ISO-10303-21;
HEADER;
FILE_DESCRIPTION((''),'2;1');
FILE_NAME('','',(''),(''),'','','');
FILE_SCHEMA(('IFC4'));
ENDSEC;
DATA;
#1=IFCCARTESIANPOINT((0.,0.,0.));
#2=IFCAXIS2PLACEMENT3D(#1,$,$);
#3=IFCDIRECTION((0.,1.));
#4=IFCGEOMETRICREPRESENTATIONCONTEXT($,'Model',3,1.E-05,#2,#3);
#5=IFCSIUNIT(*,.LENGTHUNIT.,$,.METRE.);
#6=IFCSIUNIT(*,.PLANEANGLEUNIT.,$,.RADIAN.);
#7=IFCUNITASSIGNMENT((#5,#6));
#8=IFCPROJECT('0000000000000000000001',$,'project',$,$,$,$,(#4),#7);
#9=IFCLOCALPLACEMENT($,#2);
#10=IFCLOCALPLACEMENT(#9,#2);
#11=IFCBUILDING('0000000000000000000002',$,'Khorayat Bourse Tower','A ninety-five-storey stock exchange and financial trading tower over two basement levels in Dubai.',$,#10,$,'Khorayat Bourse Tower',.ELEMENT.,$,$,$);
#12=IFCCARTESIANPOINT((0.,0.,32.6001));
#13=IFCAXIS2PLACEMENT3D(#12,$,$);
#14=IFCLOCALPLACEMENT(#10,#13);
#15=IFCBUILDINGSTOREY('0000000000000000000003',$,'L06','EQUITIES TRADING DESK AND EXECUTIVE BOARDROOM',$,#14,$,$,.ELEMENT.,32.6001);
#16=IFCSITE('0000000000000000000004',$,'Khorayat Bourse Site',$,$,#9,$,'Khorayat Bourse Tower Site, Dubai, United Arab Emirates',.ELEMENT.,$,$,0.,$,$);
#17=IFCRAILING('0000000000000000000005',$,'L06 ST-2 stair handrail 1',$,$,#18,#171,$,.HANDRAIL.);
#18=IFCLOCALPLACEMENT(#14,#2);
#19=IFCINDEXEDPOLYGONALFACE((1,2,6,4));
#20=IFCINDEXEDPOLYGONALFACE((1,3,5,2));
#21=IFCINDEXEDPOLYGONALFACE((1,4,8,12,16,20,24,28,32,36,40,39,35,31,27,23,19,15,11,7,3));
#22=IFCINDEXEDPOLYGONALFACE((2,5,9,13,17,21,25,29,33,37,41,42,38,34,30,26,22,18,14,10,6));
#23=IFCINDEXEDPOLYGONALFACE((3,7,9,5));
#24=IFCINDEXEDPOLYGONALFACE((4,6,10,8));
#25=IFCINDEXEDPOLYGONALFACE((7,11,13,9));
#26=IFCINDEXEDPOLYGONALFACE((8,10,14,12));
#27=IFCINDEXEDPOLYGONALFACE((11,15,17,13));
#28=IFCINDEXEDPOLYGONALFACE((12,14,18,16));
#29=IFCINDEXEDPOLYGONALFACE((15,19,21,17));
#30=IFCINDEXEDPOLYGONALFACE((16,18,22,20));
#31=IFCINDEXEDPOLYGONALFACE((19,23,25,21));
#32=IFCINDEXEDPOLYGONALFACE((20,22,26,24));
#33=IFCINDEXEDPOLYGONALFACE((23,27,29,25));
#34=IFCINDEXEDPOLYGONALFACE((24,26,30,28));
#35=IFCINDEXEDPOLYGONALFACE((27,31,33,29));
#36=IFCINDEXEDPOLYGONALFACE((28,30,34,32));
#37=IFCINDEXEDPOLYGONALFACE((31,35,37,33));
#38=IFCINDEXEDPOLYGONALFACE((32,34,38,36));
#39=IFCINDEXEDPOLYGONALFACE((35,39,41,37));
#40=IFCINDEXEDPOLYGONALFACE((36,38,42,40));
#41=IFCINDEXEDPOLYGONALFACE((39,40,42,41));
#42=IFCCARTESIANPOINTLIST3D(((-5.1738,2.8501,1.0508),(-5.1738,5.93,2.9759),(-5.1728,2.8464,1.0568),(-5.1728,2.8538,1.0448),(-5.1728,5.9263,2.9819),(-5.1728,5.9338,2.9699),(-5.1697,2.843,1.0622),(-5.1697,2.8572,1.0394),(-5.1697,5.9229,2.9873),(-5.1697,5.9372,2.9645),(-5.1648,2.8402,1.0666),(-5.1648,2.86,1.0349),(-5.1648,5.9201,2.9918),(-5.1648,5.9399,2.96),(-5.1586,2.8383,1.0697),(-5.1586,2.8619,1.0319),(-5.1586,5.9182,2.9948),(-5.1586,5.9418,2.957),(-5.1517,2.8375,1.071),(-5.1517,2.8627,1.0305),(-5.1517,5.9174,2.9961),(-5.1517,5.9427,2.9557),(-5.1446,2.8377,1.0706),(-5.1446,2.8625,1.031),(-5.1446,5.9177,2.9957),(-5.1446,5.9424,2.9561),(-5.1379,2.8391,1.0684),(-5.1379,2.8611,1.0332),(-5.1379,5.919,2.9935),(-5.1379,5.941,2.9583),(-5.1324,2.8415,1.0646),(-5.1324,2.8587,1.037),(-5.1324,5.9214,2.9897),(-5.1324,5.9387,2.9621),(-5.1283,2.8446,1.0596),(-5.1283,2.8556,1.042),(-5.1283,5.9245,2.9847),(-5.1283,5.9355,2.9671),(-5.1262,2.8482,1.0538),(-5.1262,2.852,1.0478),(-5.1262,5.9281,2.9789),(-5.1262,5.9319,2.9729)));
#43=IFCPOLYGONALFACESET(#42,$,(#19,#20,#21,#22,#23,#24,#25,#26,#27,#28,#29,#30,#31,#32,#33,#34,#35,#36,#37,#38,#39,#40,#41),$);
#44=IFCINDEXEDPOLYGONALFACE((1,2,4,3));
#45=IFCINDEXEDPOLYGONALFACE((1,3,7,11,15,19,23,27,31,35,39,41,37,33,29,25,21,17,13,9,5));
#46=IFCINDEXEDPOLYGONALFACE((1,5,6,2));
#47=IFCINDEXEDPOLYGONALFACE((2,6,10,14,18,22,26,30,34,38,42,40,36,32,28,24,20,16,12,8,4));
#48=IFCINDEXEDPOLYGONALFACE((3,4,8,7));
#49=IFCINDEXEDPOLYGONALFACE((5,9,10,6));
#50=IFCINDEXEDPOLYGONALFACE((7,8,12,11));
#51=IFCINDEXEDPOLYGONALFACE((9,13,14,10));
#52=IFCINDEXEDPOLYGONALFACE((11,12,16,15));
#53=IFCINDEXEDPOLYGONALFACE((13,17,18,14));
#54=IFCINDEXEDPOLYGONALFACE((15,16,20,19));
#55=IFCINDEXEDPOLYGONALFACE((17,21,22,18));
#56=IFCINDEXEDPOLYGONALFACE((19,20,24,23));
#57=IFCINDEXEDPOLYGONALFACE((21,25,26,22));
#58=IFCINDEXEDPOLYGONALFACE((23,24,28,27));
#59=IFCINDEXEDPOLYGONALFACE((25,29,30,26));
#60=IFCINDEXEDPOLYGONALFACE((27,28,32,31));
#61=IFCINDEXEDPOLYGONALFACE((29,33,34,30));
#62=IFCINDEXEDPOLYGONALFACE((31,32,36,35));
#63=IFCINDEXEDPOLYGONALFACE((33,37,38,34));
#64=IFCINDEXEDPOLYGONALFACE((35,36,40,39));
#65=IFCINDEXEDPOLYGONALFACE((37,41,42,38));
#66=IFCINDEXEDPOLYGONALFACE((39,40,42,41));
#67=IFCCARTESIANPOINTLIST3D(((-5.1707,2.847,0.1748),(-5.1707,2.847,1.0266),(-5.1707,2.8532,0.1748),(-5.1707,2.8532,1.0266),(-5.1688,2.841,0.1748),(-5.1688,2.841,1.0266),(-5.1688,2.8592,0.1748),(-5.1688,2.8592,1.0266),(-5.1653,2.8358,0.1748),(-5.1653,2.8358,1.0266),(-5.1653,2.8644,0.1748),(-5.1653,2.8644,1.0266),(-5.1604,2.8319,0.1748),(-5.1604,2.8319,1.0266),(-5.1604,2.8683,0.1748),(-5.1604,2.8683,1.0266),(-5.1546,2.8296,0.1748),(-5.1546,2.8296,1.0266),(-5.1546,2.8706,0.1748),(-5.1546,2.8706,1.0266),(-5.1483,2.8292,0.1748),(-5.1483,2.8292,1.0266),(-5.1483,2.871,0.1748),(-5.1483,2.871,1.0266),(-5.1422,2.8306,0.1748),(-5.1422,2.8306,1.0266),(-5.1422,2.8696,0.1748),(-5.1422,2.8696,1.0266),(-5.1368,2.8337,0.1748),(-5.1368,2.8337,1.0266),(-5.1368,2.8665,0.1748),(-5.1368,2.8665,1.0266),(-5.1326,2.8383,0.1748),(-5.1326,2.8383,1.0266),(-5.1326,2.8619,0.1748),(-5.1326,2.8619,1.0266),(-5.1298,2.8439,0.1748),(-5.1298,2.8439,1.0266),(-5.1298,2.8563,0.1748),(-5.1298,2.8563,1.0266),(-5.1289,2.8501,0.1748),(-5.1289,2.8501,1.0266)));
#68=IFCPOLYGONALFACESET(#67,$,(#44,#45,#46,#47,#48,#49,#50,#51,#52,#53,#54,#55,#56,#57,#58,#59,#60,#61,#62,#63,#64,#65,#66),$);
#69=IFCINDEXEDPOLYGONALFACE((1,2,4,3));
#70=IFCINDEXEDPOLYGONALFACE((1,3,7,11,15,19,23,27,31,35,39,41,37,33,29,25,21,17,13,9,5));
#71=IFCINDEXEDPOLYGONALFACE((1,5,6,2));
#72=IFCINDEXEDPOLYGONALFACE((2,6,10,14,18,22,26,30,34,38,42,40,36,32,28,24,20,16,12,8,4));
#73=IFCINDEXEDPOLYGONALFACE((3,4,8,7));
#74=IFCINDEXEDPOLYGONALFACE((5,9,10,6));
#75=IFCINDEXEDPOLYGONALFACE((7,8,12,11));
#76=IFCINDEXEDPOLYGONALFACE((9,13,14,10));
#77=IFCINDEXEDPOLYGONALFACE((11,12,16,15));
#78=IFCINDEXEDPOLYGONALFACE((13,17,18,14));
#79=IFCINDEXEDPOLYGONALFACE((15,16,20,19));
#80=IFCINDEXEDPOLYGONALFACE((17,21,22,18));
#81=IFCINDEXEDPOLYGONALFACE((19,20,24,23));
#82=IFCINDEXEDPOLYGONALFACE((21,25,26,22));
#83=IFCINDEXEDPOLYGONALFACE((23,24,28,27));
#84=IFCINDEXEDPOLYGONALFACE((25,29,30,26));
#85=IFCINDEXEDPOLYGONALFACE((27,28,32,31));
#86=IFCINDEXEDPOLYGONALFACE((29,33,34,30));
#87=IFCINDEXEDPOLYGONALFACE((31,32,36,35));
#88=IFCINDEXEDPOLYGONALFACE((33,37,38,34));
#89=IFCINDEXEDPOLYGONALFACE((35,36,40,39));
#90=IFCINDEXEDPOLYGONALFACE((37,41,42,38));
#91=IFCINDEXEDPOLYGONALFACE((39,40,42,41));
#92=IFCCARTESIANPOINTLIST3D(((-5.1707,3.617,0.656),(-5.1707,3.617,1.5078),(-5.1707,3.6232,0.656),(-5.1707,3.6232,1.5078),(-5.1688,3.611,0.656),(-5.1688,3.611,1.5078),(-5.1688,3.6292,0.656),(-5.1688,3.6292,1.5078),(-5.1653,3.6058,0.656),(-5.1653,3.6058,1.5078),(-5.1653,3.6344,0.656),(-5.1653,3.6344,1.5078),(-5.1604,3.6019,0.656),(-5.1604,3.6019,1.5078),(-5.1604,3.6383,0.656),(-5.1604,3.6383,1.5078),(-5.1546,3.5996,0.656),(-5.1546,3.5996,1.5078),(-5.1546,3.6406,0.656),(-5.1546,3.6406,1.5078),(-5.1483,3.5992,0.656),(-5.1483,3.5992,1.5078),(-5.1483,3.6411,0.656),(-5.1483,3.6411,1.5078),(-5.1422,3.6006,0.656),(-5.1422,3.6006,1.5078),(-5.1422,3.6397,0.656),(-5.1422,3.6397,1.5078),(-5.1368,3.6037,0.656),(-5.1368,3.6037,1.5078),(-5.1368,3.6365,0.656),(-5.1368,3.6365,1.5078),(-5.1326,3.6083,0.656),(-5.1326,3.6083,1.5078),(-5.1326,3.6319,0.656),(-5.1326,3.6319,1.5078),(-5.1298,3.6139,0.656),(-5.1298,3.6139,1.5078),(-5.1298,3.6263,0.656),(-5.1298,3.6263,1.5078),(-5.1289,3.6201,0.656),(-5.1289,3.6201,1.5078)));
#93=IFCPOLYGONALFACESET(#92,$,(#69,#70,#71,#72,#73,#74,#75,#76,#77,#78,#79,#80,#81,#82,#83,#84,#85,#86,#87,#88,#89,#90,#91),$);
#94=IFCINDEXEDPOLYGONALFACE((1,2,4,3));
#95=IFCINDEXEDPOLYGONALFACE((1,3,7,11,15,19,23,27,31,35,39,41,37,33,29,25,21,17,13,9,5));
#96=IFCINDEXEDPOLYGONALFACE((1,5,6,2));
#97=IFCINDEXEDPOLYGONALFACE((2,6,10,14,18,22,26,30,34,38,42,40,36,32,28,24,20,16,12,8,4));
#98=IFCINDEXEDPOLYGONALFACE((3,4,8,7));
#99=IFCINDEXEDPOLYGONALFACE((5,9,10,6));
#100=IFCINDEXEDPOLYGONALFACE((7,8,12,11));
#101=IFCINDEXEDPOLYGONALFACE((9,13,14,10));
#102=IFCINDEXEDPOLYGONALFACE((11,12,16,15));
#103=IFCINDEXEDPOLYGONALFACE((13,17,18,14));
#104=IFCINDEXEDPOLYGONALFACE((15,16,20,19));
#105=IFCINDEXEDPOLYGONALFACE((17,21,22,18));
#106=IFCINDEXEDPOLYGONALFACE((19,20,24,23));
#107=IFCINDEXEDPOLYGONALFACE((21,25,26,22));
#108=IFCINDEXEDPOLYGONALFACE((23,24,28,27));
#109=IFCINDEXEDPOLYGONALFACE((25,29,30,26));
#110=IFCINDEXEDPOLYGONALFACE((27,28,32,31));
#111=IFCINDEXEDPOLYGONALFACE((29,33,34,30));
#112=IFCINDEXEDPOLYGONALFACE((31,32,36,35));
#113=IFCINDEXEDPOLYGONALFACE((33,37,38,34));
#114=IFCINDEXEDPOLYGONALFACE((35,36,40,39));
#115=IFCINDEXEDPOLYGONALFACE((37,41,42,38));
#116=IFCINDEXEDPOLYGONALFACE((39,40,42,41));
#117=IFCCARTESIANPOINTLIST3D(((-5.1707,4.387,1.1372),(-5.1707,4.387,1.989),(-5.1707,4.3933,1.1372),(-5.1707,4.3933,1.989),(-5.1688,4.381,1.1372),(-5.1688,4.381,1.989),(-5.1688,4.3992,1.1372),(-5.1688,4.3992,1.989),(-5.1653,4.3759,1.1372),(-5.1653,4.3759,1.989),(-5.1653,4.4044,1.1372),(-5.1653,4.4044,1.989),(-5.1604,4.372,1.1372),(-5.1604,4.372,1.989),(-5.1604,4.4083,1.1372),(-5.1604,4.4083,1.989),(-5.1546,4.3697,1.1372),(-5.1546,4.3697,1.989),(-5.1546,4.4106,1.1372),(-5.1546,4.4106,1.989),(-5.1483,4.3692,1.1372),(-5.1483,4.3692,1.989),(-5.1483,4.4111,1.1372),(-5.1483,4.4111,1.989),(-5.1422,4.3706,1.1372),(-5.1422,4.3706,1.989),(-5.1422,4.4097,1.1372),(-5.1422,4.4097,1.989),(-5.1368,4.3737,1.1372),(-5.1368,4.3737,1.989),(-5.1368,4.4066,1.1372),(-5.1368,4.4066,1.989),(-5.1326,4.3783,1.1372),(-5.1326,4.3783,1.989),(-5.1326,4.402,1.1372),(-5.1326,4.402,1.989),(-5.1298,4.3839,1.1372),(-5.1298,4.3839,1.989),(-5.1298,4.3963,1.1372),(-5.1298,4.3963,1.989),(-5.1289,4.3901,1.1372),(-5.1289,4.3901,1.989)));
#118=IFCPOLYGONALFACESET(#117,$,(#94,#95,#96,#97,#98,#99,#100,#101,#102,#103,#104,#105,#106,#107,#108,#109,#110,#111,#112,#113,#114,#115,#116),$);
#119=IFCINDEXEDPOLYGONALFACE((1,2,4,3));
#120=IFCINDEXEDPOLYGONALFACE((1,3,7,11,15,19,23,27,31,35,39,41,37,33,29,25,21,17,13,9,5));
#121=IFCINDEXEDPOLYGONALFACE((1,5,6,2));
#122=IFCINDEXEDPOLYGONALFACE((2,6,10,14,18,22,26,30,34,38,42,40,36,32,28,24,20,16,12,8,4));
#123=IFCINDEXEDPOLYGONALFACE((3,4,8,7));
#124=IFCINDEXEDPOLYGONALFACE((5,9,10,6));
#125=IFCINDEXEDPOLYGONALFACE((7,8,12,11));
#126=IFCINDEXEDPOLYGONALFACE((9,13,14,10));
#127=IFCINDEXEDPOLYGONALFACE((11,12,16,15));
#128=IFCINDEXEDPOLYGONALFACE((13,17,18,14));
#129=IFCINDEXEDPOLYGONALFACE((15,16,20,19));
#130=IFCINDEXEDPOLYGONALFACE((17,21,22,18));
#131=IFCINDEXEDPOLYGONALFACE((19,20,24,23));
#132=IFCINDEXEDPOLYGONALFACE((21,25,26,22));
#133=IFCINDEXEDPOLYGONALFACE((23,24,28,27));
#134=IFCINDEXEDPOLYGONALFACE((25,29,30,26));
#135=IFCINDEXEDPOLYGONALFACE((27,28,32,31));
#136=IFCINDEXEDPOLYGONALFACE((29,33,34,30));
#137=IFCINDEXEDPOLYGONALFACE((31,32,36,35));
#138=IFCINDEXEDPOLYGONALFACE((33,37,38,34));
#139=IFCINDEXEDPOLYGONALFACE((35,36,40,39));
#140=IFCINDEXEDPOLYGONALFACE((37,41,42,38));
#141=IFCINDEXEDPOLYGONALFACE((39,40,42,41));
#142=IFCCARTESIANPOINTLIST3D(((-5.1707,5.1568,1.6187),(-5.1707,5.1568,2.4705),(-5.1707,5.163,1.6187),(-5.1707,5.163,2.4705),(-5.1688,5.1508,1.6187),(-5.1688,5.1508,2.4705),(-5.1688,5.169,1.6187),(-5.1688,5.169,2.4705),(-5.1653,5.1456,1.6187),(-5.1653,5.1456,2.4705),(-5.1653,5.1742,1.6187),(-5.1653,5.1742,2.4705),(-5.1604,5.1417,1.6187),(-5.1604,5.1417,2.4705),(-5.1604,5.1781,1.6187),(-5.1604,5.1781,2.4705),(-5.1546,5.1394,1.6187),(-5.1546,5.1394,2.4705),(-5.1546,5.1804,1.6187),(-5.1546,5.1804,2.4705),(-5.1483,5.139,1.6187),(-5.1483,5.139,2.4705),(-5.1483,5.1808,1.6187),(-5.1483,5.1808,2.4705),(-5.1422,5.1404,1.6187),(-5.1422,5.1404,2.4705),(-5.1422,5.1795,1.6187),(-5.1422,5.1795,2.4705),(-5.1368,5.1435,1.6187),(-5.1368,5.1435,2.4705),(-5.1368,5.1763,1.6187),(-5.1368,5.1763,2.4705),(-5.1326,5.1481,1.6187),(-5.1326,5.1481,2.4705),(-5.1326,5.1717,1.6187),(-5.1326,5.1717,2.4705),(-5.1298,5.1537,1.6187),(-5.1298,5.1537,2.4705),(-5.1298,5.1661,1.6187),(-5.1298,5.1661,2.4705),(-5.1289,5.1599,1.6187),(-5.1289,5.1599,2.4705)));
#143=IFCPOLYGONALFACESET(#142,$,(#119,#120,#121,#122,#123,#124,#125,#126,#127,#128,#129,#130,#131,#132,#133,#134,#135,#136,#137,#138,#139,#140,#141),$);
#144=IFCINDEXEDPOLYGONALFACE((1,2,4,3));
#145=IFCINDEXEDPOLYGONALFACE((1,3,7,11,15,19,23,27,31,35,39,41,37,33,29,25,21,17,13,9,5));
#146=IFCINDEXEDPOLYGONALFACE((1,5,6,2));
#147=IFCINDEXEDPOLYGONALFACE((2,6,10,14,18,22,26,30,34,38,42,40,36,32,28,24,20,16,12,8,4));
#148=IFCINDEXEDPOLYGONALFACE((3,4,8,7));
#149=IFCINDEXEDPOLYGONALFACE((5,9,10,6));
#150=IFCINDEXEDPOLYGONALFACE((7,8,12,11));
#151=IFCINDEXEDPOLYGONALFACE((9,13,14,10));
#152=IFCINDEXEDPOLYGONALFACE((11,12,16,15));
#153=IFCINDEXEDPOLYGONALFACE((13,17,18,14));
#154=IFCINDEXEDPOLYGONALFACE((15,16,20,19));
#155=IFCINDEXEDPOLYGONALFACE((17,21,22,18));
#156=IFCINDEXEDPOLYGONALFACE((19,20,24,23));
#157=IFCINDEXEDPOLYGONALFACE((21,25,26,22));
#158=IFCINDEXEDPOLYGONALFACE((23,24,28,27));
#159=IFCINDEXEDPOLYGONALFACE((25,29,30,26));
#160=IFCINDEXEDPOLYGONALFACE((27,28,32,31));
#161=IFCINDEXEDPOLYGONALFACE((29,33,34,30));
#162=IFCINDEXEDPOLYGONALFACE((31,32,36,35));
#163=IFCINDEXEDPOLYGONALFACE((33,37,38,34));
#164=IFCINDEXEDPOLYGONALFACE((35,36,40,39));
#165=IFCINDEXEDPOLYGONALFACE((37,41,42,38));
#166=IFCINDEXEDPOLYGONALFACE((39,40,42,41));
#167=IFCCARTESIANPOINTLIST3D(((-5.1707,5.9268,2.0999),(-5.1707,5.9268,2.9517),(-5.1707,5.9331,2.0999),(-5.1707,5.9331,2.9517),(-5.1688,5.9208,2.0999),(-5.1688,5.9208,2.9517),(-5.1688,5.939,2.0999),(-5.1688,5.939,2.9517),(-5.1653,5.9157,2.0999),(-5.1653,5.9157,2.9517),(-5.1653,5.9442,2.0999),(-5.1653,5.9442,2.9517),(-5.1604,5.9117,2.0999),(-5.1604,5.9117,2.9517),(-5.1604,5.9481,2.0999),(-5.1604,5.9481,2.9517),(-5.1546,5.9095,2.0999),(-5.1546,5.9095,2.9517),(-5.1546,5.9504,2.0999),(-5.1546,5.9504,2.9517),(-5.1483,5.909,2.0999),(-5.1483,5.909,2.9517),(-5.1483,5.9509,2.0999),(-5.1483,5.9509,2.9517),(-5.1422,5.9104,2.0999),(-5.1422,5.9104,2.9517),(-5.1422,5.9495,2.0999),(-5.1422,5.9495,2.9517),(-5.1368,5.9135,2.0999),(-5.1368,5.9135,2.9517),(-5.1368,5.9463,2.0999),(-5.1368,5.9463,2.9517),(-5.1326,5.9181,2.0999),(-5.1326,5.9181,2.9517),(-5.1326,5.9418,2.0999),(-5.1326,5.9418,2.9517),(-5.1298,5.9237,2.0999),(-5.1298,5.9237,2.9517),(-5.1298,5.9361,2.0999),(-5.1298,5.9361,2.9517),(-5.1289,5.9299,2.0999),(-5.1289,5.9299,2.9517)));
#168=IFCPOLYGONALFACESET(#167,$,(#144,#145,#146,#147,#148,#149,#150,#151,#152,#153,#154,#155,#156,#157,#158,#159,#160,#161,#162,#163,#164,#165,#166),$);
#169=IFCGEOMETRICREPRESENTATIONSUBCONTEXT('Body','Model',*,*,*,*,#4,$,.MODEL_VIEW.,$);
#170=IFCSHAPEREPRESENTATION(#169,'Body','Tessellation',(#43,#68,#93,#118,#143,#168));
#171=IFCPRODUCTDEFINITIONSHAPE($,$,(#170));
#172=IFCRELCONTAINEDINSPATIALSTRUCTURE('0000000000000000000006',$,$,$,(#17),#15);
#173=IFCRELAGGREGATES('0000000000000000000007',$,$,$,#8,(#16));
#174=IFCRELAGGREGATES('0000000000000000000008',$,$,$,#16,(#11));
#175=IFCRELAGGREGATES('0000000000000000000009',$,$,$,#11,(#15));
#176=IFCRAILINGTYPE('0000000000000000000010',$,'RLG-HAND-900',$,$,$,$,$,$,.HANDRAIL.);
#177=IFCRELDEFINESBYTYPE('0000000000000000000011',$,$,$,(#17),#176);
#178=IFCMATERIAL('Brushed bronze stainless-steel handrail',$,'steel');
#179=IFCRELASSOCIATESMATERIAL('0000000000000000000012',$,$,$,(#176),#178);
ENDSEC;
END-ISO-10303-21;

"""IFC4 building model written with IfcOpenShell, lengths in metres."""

from ifc_helpers import new_model, si_unit, direction, frame, origin, origin_2d, place, context, subcontext, project, spatial, circle, extrude, source, transform, mapped, material, type_object, element, save


model = new_model("IFC4")

# Units and contexts
model_context = context("Model", 3, precision=1e-05, world=origin(), true_north=direction((0.0, 1.0)))
body_context = subcontext(model_context, "Body", "Model", "MODEL_VIEW")
ifc_project = project(units=[si_unit("LENGTHUNIT", "METRE"), si_unit("PLANEANGLEUNIT", "RADIAN")], contexts=[model_context])

# Site, building, storey
site_placement = place(None, origin())
site = spatial("IfcSite", under=ifc_project, at=site_placement, Name="Khorayat Bourse Site", LongName="Khorayat Bourse Tower Site, Dubai, United Arab Emirates", CompositionType="ELEMENT", RefElevation=0.0)
building_placement = place(site_placement, origin())
building = spatial("IfcBuilding", under=site, at=building_placement, Name="Khorayat Bourse Tower", Description="A ninety-five-storey stock exchange and financial trading tower over two basement levels in Dubai.", LongName="Khorayat Bourse Tower", CompositionType="ELEMENT")
storey_placement = place(building_placement, frame((0.0, 0.0, 32.6001)))
storey = spatial("IfcBuildingStorey", under=building, at=storey_placement, Name="L06", Description="EQUITIES TRADING DESK AND EXECUTIVE BOARDROOM", CompositionType="ELEMENT", Elevation=32.6001)

# Railing
ifc_material_1 = material(Name="Brushed bronze stainless-steel handrail", Category="steel")
railing_type_1 = type_object("IfcRailingType", Name="RLG-HAND-900", PredefinedType="HANDRAIL", material=ifc_material_1)
shared_shape_1 = source(origin(), body_context, "Body", "SweptSolid", [
    extrude(circle(Radius=0.0239, at=origin_2d()), frame((0.0, 0.0, 0.876), z_axis=(0.0, 0.847979, 0.530029), x_axis=(-1.0, 0.0, 0.0)), (0.0, 0.0, 1.0), 3.6321),
    extrude(circle(Radius=0.021, at=origin_2d()), origin(), (0.0, 0.0, 1.0), 0.8518),
    extrude(circle(Radius=0.021, at=origin_2d()), frame((0.0, 0.77, 0.4812)), (0.0, 0.0, 1.0), 0.8518),
    extrude(circle(Radius=0.021, at=origin_2d()), frame((0.0, 1.54, 0.9624)), (0.0, 0.0, 1.0), 0.8518),
    extrude(circle(Radius=0.021, at=origin_2d()), frame((0.0, 2.3098, 1.4438)), (0.0, 0.0, 1.0), 0.8518),
    extrude(circle(Radius=0.021, at=origin_2d()), frame((0.0, 3.0798, 1.925)), (0.0, 0.0, 1.0), 0.8518),
])
railing_1_placement = place(storey_placement, frame((-5.1499, 2.8501, 0.1748)))
element("IfcRailing", 1, at=railing_1_placement, inside=storey, type_object=railing_type_1, Name="L06 ST-2 stair handrail 1", PredefinedType="HANDRAIL", context=body_context, shape_type="MappedRepresentation", body=[
    mapped(shared_shape_1, transform((0.0, 0.0, 0.0), scale=1.0)),
])

save(model, "model.ifc")
